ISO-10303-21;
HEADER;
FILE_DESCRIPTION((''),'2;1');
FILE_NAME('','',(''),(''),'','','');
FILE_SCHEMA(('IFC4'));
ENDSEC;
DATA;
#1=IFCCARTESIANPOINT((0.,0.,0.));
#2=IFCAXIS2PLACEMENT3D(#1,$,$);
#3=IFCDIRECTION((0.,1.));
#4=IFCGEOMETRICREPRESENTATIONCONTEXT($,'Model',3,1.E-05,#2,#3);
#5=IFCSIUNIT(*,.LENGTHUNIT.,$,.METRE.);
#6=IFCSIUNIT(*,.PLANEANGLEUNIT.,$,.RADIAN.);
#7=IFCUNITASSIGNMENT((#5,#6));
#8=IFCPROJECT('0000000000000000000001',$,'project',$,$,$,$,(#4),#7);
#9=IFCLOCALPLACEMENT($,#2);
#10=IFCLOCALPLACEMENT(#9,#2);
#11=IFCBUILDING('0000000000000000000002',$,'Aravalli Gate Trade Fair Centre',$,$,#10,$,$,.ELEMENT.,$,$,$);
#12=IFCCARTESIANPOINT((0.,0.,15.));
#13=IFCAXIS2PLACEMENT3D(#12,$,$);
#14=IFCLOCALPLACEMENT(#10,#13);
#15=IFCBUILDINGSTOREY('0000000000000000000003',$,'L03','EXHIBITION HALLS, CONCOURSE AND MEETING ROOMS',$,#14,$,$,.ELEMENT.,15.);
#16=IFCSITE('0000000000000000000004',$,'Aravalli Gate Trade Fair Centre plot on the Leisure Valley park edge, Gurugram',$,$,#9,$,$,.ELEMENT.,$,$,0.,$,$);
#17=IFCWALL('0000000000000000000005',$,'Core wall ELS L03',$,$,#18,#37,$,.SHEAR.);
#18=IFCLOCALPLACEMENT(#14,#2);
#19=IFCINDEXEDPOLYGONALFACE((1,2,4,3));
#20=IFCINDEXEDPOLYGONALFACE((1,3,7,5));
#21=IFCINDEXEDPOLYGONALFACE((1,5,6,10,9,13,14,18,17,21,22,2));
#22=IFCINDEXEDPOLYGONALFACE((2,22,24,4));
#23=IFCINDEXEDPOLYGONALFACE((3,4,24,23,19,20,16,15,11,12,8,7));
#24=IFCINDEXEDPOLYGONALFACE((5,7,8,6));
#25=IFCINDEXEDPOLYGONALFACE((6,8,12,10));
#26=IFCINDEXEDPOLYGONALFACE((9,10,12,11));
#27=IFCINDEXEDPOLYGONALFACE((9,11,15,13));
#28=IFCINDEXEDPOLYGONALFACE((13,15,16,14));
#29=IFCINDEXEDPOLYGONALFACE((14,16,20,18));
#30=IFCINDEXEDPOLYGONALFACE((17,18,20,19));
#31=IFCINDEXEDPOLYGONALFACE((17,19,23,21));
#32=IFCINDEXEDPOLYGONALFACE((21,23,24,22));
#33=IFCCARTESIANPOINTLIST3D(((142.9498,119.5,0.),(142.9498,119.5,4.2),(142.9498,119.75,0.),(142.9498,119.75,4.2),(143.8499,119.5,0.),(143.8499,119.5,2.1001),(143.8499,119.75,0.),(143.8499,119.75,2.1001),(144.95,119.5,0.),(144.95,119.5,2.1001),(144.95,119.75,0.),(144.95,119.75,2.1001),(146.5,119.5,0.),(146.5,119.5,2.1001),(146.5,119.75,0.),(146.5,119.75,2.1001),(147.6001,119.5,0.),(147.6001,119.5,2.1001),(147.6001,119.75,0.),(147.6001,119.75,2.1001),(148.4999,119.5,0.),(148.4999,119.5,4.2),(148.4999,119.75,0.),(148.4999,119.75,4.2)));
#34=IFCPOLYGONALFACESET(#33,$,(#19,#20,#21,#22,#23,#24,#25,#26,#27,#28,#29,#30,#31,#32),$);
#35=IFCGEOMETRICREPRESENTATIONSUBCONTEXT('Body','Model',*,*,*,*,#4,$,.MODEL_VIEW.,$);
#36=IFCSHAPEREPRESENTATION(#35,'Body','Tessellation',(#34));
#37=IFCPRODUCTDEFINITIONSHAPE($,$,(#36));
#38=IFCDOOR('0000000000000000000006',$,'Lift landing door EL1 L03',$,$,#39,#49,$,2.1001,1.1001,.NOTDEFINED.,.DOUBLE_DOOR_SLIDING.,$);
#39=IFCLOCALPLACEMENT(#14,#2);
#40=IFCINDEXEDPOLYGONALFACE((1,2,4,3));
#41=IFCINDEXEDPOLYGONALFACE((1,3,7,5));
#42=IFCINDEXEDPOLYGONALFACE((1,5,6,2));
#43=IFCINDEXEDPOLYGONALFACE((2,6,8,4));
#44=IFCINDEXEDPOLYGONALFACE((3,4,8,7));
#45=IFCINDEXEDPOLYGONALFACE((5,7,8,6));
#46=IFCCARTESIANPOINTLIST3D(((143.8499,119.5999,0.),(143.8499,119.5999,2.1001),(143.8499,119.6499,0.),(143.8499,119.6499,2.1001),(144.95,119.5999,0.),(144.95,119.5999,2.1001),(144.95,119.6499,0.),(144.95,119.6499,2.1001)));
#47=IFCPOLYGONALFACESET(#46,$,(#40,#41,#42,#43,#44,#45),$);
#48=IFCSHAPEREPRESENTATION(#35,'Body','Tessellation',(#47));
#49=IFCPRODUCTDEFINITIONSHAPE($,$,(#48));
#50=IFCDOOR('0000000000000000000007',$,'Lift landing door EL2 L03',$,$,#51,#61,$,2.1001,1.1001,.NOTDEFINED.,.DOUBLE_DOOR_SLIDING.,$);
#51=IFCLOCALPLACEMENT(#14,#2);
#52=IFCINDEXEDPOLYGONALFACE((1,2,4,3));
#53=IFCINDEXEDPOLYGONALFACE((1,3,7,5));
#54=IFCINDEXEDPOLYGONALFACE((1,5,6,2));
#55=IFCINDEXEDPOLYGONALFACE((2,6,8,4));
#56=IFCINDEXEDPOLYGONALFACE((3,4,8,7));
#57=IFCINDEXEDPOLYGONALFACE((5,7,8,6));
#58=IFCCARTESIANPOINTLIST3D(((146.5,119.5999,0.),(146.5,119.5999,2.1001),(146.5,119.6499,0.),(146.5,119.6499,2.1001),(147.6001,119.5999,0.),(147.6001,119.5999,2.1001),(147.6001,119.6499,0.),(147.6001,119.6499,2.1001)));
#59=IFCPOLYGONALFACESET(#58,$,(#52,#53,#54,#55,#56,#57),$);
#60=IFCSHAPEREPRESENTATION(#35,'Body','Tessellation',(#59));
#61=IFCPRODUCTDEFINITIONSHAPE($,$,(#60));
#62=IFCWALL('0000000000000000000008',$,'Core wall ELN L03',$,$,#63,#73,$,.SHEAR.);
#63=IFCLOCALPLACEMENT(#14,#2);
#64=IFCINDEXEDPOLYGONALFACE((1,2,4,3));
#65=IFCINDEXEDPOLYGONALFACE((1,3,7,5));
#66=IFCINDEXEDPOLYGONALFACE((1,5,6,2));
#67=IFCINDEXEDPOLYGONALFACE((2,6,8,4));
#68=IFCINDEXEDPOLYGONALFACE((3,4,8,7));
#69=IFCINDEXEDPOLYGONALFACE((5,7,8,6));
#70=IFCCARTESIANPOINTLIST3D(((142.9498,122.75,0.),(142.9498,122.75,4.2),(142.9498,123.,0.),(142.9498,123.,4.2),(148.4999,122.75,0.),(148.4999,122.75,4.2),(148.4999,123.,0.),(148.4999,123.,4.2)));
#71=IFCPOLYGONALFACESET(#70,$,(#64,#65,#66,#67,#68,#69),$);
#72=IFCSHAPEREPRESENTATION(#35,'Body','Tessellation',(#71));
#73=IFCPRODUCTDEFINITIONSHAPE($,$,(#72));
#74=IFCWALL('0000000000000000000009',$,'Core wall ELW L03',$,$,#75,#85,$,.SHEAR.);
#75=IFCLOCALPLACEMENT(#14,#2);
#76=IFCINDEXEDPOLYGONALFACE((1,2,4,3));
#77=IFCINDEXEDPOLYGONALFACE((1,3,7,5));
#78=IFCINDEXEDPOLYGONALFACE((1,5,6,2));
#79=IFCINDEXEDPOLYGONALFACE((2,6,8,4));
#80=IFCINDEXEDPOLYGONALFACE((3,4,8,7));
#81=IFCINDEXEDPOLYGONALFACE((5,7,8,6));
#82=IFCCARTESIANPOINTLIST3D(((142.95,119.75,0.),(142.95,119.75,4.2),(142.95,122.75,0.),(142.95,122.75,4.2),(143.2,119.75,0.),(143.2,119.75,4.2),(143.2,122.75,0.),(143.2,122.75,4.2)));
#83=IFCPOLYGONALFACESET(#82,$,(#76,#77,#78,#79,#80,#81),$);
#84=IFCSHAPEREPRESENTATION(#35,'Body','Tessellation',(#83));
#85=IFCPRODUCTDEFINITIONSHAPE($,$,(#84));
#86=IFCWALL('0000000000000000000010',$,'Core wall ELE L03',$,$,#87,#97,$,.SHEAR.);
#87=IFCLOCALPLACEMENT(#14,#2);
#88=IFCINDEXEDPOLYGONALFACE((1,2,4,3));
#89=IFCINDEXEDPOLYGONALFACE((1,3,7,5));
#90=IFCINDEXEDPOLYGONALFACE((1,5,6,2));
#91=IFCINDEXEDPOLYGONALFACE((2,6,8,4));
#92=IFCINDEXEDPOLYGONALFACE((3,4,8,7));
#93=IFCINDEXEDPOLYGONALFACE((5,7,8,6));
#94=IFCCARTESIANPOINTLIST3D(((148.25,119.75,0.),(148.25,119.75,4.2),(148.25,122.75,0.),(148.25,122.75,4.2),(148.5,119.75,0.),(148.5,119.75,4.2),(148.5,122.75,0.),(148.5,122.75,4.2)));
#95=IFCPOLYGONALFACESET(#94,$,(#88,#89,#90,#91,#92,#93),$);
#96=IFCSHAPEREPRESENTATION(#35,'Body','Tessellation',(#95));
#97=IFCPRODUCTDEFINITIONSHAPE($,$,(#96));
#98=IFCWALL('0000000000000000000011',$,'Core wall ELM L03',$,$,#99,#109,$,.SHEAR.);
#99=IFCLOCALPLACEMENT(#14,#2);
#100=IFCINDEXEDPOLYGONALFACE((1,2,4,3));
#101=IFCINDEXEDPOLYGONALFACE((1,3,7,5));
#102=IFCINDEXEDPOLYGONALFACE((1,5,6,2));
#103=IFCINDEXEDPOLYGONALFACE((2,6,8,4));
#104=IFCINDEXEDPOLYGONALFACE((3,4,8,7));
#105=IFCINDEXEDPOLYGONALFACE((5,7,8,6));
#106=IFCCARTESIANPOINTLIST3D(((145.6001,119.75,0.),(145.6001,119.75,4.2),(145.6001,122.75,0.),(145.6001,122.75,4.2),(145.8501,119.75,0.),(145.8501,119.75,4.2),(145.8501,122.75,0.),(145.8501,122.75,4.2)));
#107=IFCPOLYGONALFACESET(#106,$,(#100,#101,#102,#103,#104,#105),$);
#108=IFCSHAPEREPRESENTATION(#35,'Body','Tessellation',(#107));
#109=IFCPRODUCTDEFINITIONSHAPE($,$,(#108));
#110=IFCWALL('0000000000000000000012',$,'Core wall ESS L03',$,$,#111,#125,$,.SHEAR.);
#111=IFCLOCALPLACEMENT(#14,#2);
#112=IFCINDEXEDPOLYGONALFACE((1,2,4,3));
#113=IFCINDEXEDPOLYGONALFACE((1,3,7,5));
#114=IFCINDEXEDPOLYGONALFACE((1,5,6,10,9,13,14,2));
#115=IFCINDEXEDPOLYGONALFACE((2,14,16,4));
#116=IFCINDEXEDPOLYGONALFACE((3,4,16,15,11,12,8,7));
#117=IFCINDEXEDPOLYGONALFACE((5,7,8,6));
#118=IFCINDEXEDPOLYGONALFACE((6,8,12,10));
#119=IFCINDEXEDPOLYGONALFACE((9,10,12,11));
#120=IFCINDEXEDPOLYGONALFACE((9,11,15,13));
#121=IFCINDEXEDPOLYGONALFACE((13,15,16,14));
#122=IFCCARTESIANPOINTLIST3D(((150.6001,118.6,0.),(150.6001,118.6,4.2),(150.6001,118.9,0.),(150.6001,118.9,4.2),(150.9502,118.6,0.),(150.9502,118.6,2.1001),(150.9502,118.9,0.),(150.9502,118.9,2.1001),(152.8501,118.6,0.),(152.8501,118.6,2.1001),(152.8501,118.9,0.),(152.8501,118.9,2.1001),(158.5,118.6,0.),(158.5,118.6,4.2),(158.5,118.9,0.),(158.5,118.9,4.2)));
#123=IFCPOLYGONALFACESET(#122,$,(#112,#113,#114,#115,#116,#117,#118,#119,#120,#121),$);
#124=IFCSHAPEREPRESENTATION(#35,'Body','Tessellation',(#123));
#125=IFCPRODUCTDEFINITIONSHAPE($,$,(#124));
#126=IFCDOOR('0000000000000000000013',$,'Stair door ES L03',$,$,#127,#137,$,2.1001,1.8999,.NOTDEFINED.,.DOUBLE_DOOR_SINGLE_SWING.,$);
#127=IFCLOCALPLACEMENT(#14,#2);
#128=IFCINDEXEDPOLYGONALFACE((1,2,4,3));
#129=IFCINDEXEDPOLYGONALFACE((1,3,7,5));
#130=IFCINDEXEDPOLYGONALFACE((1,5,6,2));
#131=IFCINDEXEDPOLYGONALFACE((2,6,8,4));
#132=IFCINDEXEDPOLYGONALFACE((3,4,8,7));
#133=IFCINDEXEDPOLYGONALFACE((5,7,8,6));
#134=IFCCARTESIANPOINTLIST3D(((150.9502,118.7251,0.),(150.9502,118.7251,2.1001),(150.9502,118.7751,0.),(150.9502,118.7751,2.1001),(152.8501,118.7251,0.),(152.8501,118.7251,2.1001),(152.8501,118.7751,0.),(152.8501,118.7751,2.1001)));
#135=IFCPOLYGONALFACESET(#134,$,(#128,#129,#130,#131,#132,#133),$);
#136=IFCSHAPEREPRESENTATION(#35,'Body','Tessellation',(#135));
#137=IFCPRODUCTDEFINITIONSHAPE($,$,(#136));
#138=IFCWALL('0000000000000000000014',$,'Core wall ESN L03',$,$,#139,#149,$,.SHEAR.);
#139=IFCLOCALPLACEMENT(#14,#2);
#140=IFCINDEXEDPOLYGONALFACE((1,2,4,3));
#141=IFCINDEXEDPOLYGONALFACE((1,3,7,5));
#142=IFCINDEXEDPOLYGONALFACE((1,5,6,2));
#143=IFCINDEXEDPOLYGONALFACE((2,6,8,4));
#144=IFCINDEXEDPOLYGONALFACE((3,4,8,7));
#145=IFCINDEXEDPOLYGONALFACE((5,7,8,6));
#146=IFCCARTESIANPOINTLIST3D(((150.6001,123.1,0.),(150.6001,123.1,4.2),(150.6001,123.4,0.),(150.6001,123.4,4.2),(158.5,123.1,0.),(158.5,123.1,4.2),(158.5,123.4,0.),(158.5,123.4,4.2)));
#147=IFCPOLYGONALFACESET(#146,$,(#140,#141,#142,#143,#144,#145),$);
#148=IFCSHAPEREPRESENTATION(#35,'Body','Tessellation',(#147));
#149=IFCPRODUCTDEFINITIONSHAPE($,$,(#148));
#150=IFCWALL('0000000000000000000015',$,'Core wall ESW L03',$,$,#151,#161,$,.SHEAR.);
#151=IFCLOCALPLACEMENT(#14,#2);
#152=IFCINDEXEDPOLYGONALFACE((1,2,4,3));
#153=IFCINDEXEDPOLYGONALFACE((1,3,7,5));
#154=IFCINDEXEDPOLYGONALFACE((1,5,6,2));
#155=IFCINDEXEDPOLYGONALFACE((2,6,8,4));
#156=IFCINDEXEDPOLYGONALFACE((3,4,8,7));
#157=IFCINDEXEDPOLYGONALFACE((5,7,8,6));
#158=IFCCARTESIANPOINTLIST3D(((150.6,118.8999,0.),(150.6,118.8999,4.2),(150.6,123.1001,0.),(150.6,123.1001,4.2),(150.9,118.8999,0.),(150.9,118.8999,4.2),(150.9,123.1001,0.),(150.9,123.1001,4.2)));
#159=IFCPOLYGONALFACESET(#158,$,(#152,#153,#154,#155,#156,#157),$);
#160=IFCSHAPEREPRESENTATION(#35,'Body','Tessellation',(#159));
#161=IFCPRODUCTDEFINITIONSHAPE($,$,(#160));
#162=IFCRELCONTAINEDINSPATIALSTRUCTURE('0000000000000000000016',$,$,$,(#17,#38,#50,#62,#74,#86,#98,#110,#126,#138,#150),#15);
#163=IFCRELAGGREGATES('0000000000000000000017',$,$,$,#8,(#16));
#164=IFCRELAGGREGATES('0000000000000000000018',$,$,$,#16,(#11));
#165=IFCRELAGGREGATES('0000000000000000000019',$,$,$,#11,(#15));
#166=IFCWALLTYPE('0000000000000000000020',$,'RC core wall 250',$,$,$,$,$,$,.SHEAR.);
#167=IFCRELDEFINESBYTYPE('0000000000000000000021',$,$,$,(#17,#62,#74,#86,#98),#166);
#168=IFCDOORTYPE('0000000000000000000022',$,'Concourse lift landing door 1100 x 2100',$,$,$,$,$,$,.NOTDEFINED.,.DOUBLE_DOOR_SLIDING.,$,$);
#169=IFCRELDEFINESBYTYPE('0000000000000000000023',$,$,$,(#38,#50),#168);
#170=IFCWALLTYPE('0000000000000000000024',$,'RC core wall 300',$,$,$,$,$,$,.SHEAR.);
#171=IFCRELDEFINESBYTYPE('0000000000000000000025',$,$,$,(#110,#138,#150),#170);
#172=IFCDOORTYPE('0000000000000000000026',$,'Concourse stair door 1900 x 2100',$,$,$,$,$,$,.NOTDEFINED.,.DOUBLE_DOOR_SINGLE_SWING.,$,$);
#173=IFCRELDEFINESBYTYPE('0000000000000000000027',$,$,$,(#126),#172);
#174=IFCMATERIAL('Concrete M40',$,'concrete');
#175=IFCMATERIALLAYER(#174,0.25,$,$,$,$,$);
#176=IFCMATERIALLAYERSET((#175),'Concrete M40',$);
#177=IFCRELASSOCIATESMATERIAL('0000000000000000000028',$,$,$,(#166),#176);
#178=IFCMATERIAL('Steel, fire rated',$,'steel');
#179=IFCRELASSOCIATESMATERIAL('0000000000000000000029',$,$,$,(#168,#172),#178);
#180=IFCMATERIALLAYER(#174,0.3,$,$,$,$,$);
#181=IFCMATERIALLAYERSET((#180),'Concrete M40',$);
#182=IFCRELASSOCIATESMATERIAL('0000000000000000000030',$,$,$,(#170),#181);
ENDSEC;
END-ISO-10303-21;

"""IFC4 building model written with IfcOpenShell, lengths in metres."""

from ifc_helpers import new_model, si_unit, direction, frame, frame_2d, origin, place, context, subcontext, project, spatial, rectangle, extrude, material, layer, layer_set, type_object, element, fill, save


model = new_model("IFC4")

# Units and contexts
model_context = context("Model", 3, precision=1e-05, world=origin(), true_north=direction((0.0, 1.0)))
body_context = subcontext(model_context, "Body", "Model", "MODEL_VIEW")
ifc_project = project(units=[si_unit("LENGTHUNIT", "METRE"), si_unit("PLANEANGLEUNIT", "RADIAN")], contexts=[model_context])

# Site, building, storey
site_placement = place(None, origin())
site = spatial("IfcSite", under=ifc_project, at=site_placement, Name="Aravalli Gate Trade Fair Centre plot on the Leisure Valley park edge, Gurugram", CompositionType="ELEMENT", RefElevation=0.0)
building_placement = place(site_placement, origin())
building = spatial("IfcBuilding", under=site, at=building_placement, Name="Aravalli Gate Trade Fair Centre", CompositionType="ELEMENT")
storey_placement = place(building_placement, frame((0.0, 0.0, 15.0)))
storey = spatial("IfcBuildingStorey", under=building, at=storey_placement, Name="L03", Description="EXHIBITION HALLS, CONCOURSE AND MEETING ROOMS", CompositionType="ELEMENT", Elevation=15.0)

# Wall, openings, doors
ifc_material_1 = material(Name="Concrete M40", Category="concrete")
ifc_layer_1 = layer(ifc_material_1, 0.25)
ifc_layer_set_1 = layer_set([ifc_layer_1], Name="Concrete M40")
wall_type_1 = type_object("IfcWallType", Name="RC core wall 250", PredefinedType="SHEAR", material=ifc_layer_set_1)
wall_1_placement = place(storey_placement, frame((142.95, 119.625, 0.0), z_axis=(0.0, 0.0, 1.0), x_axis=(1.0, 0.0, 0.0)))
wall_1 = element("IfcWall", 1, at=wall_1_placement, inside=storey, type_object=wall_type_1, Name="Core wall ELS L03", PredefinedType="SHEAR", context=body_context, shape_type="SweptSolid", body=[
    extrude(rectangle(XDim=5.55, YDim=0.25, at=frame_2d((2.7749, 0.0))), origin(), (0.0, 0.0, 1.0), 4.2),
])
opening_1_placement = place(wall_1_placement, frame((0.8999, 0.0, 0.0)))
opening_1 = element("IfcOpeningElement", 2, at=opening_1_placement, cuts=wall_1, PredefinedType="OPENING", context=body_context, shape_type="SweptSolid", body=[
    extrude(rectangle(XDim=1.1001, YDim=2.1001, at=frame_2d((0.55, 1.05))), frame((0.0, 0.135, 0.0), z_axis=(0.0, -1.0, 0.0), x_axis=(1.0, 0.0, 0.0)), (0.0, 0.0, 1.0), 0.27),
])
opening_2_placement = place(wall_1_placement, frame((3.55, 0.0, 0.0)))
opening_2 = element("IfcOpeningElement", 3, at=opening_2_placement, cuts=wall_1, PredefinedType="OPENING", context=body_context, shape_type="SweptSolid", body=[
    extrude(rectangle(XDim=1.1001, YDim=2.1001, at=frame_2d((0.55, 1.05))), frame((0.0, 0.135, 0.0), z_axis=(0.0, -1.0, 0.0), x_axis=(1.0, 0.0, 0.0)), (0.0, 0.0, 1.0), 0.27),
])
ifc_material_2 = material(Name="Steel, fire rated", Category="steel")
door_type_1 = type_object("IfcDoorType", Name="Concourse lift landing door 1100 x 2100", OperationType="DOUBLE_DOOR_SLIDING", PredefinedType="NOTDEFINED", material=ifc_material_2)
door_1_placement = place(opening_1_placement, origin())
door_1 = element("IfcDoor", 4, at=door_1_placement, inside=storey, type_object=door_type_1, Name="Lift landing door EL1 L03", OperationType="DOUBLE_DOOR_SLIDING", OverallHeight=2.1001, OverallWidth=1.1001, PredefinedType="NOTDEFINED", context=body_context, shape_type="SweptSolid", body=[
    extrude(rectangle(XDim=1.1001, YDim=2.1001, at=frame_2d((0.55, 1.05))), frame((0.0, 0.0249, 0.0), z_axis=(0.0, -1.0, 0.0), x_axis=(1.0, 0.0, 0.0)), (0.0, 0.0, 1.0), 0.05),
])
fill(opening_1, door_1)
door_2_placement = place(opening_2_placement, origin())
door_2 = element("IfcDoor", 5, at=door_2_placement, inside=storey, type_object=door_type_1, Name="Lift landing door EL2 L03", OperationType="DOUBLE_DOOR_SLIDING", OverallHeight=2.1001, OverallWidth=1.1001, PredefinedType="NOTDEFINED", context=body_context, shape_type="SweptSolid", body=[
    extrude(rectangle(XDim=1.1001, YDim=2.1001, at=frame_2d((0.55, 1.05))), frame((0.0, 0.0249, 0.0), z_axis=(0.0, -1.0, 0.0), x_axis=(1.0, 0.0, 0.0)), (0.0, 0.0, 1.0), 0.05),
])
fill(opening_2, door_2)

# Walls
wall_2_placement = place(storey_placement, frame((142.95, 122.875, 0.0), z_axis=(0.0, 0.0, 1.0), x_axis=(1.0, 0.0, 0.0)))
element("IfcWall", 6, at=wall_2_placement, inside=storey, type_object=wall_type_1, Name="Core wall ELN L03", PredefinedType="SHEAR", context=body_context, shape_type="SweptSolid", body=[
    extrude(rectangle(XDim=5.55, YDim=0.25, at=frame_2d((2.7749, 0.0))), origin(), (0.0, 0.0, 1.0), 4.2),
])
for number, where, z_axis, x_axis, name in (
    (7, (143.075, 119.75, 0.0), (0.0, 0.0, 1.0), (0.0, 1.0, 0.0), "Core wall ELW L03"),
    (8, (148.375, 119.75, 0.0), (0.0, 0.0, 1.0), (0.0, 1.0, 0.0), "Core wall ELE L03"),
    (9, (145.7251, 119.75, 0.0), (0.0, 0.0, 1.0), (0.0, 1.0, 0.0), "Core wall ELM L03"),
):
    element("IfcWall", number, at=place(storey_placement, frame(where, z_axis=z_axis, x_axis=x_axis)), inside=storey, type_object=wall_type_1, Name=name, PredefinedType="SHEAR", context=body_context, shape_type="SweptSolid", body=[
        extrude(rectangle(XDim=3.0, YDim=0.25, at=frame_2d((1.5, 0.0))), origin(), (0.0, 0.0, 1.0), 4.2),
    ])

# Wall, opening, door
ifc_layer_2 = layer(ifc_material_1, 0.3)
ifc_layer_set_2 = layer_set([ifc_layer_2], Name="Concrete M40")
wall_type_2 = type_object("IfcWallType", Name="RC core wall 300", PredefinedType="SHEAR", material=ifc_layer_set_2)
wall_3_placement = place(storey_placement, frame((150.6001, 118.75, 0.0), z_axis=(0.0, 0.0, 1.0), x_axis=(1.0, 0.0, 0.0)))
wall_3 = element("IfcWall", 10, at=wall_3_placement, inside=storey, type_object=wall_type_2, Name="Core wall ESS L03", PredefinedType="SHEAR", context=body_context, shape_type="SweptSolid", body=[
    extrude(rectangle(XDim=7.8999, YDim=0.3, at=frame_2d((3.95, 0.0))), origin(), (0.0, 0.0, 1.0), 4.2),
])
opening_3_placement = place(wall_3_placement, frame((0.3501, 0.0, 0.0)))
opening_3 = element("IfcOpeningElement", 11, at=opening_3_placement, cuts=wall_3, PredefinedType="OPENING", context=body_context, shape_type="SweptSolid", body=[
    extrude(rectangle(XDim=1.8999, YDim=2.1001, at=frame_2d((0.95, 1.05))), frame((0.0, 0.1599, 0.0), z_axis=(0.0, -1.0, 0.0), x_axis=(1.0, 0.0, 0.0)), (0.0, 0.0, 1.0), 0.3201),
])
door_type_2 = type_object("IfcDoorType", Name="Concourse stair door 1900 x 2100", OperationType="DOUBLE_DOOR_SINGLE_SWING", PredefinedType="NOTDEFINED", material=ifc_material_2)
door_3_placement = place(opening_3_placement, frame((1.8999, 0.0, 0.0), z_axis=(0.0, 0.0, 1.0), x_axis=(-1.0, 0.0, 0.0)))
door_3 = element("IfcDoor", 12, at=door_3_placement, inside=storey, type_object=door_type_2, Name="Stair door ES L03", OperationType="DOUBLE_DOOR_SINGLE_SWING", OverallHeight=2.1001, OverallWidth=1.8999, PredefinedType="NOTDEFINED", context=body_context, shape_type="SweptSolid", body=[
    extrude(rectangle(XDim=1.8999, YDim=2.1001, at=frame_2d((0.95, 1.05))), frame((0.0, 0.0249, 0.0), z_axis=(0.0, -1.0, 0.0), x_axis=(1.0, 0.0, 0.0)), (0.0, 0.0, 1.0), 0.05),
])
fill(opening_3, door_3)

# Walls
wall_4_placement = place(storey_placement, frame((150.6001, 123.25, 0.0), z_axis=(0.0, 0.0, 1.0), x_axis=(1.0, 0.0, 0.0)))
element("IfcWall", 13, at=wall_4_placement, inside=storey, type_object=wall_type_2, Name="Core wall ESN L03", PredefinedType="SHEAR", context=body_context, shape_type="SweptSolid", body=[
    extrude(rectangle(XDim=7.8999, YDim=0.3, at=frame_2d((3.95, 0.0))), origin(), (0.0, 0.0, 1.0), 4.2),
])
wall_5_placement = place(storey_placement, frame((150.75, 118.8999, 0.0), z_axis=(0.0, 0.0, 1.0), x_axis=(0.0, 1.0, 0.0)))
element("IfcWall", 14, at=wall_5_placement, inside=storey, type_object=wall_type_2, Name="Core wall ESW L03", PredefinedType="SHEAR", context=body_context, shape_type="SweptSolid", body=[
    extrude(rectangle(XDim=4.2002, YDim=0.3, at=frame_2d((2.1001, 0.0))), origin(), (0.0, 0.0, 1.0), 4.2),
])

save(model, "model.ifc")
